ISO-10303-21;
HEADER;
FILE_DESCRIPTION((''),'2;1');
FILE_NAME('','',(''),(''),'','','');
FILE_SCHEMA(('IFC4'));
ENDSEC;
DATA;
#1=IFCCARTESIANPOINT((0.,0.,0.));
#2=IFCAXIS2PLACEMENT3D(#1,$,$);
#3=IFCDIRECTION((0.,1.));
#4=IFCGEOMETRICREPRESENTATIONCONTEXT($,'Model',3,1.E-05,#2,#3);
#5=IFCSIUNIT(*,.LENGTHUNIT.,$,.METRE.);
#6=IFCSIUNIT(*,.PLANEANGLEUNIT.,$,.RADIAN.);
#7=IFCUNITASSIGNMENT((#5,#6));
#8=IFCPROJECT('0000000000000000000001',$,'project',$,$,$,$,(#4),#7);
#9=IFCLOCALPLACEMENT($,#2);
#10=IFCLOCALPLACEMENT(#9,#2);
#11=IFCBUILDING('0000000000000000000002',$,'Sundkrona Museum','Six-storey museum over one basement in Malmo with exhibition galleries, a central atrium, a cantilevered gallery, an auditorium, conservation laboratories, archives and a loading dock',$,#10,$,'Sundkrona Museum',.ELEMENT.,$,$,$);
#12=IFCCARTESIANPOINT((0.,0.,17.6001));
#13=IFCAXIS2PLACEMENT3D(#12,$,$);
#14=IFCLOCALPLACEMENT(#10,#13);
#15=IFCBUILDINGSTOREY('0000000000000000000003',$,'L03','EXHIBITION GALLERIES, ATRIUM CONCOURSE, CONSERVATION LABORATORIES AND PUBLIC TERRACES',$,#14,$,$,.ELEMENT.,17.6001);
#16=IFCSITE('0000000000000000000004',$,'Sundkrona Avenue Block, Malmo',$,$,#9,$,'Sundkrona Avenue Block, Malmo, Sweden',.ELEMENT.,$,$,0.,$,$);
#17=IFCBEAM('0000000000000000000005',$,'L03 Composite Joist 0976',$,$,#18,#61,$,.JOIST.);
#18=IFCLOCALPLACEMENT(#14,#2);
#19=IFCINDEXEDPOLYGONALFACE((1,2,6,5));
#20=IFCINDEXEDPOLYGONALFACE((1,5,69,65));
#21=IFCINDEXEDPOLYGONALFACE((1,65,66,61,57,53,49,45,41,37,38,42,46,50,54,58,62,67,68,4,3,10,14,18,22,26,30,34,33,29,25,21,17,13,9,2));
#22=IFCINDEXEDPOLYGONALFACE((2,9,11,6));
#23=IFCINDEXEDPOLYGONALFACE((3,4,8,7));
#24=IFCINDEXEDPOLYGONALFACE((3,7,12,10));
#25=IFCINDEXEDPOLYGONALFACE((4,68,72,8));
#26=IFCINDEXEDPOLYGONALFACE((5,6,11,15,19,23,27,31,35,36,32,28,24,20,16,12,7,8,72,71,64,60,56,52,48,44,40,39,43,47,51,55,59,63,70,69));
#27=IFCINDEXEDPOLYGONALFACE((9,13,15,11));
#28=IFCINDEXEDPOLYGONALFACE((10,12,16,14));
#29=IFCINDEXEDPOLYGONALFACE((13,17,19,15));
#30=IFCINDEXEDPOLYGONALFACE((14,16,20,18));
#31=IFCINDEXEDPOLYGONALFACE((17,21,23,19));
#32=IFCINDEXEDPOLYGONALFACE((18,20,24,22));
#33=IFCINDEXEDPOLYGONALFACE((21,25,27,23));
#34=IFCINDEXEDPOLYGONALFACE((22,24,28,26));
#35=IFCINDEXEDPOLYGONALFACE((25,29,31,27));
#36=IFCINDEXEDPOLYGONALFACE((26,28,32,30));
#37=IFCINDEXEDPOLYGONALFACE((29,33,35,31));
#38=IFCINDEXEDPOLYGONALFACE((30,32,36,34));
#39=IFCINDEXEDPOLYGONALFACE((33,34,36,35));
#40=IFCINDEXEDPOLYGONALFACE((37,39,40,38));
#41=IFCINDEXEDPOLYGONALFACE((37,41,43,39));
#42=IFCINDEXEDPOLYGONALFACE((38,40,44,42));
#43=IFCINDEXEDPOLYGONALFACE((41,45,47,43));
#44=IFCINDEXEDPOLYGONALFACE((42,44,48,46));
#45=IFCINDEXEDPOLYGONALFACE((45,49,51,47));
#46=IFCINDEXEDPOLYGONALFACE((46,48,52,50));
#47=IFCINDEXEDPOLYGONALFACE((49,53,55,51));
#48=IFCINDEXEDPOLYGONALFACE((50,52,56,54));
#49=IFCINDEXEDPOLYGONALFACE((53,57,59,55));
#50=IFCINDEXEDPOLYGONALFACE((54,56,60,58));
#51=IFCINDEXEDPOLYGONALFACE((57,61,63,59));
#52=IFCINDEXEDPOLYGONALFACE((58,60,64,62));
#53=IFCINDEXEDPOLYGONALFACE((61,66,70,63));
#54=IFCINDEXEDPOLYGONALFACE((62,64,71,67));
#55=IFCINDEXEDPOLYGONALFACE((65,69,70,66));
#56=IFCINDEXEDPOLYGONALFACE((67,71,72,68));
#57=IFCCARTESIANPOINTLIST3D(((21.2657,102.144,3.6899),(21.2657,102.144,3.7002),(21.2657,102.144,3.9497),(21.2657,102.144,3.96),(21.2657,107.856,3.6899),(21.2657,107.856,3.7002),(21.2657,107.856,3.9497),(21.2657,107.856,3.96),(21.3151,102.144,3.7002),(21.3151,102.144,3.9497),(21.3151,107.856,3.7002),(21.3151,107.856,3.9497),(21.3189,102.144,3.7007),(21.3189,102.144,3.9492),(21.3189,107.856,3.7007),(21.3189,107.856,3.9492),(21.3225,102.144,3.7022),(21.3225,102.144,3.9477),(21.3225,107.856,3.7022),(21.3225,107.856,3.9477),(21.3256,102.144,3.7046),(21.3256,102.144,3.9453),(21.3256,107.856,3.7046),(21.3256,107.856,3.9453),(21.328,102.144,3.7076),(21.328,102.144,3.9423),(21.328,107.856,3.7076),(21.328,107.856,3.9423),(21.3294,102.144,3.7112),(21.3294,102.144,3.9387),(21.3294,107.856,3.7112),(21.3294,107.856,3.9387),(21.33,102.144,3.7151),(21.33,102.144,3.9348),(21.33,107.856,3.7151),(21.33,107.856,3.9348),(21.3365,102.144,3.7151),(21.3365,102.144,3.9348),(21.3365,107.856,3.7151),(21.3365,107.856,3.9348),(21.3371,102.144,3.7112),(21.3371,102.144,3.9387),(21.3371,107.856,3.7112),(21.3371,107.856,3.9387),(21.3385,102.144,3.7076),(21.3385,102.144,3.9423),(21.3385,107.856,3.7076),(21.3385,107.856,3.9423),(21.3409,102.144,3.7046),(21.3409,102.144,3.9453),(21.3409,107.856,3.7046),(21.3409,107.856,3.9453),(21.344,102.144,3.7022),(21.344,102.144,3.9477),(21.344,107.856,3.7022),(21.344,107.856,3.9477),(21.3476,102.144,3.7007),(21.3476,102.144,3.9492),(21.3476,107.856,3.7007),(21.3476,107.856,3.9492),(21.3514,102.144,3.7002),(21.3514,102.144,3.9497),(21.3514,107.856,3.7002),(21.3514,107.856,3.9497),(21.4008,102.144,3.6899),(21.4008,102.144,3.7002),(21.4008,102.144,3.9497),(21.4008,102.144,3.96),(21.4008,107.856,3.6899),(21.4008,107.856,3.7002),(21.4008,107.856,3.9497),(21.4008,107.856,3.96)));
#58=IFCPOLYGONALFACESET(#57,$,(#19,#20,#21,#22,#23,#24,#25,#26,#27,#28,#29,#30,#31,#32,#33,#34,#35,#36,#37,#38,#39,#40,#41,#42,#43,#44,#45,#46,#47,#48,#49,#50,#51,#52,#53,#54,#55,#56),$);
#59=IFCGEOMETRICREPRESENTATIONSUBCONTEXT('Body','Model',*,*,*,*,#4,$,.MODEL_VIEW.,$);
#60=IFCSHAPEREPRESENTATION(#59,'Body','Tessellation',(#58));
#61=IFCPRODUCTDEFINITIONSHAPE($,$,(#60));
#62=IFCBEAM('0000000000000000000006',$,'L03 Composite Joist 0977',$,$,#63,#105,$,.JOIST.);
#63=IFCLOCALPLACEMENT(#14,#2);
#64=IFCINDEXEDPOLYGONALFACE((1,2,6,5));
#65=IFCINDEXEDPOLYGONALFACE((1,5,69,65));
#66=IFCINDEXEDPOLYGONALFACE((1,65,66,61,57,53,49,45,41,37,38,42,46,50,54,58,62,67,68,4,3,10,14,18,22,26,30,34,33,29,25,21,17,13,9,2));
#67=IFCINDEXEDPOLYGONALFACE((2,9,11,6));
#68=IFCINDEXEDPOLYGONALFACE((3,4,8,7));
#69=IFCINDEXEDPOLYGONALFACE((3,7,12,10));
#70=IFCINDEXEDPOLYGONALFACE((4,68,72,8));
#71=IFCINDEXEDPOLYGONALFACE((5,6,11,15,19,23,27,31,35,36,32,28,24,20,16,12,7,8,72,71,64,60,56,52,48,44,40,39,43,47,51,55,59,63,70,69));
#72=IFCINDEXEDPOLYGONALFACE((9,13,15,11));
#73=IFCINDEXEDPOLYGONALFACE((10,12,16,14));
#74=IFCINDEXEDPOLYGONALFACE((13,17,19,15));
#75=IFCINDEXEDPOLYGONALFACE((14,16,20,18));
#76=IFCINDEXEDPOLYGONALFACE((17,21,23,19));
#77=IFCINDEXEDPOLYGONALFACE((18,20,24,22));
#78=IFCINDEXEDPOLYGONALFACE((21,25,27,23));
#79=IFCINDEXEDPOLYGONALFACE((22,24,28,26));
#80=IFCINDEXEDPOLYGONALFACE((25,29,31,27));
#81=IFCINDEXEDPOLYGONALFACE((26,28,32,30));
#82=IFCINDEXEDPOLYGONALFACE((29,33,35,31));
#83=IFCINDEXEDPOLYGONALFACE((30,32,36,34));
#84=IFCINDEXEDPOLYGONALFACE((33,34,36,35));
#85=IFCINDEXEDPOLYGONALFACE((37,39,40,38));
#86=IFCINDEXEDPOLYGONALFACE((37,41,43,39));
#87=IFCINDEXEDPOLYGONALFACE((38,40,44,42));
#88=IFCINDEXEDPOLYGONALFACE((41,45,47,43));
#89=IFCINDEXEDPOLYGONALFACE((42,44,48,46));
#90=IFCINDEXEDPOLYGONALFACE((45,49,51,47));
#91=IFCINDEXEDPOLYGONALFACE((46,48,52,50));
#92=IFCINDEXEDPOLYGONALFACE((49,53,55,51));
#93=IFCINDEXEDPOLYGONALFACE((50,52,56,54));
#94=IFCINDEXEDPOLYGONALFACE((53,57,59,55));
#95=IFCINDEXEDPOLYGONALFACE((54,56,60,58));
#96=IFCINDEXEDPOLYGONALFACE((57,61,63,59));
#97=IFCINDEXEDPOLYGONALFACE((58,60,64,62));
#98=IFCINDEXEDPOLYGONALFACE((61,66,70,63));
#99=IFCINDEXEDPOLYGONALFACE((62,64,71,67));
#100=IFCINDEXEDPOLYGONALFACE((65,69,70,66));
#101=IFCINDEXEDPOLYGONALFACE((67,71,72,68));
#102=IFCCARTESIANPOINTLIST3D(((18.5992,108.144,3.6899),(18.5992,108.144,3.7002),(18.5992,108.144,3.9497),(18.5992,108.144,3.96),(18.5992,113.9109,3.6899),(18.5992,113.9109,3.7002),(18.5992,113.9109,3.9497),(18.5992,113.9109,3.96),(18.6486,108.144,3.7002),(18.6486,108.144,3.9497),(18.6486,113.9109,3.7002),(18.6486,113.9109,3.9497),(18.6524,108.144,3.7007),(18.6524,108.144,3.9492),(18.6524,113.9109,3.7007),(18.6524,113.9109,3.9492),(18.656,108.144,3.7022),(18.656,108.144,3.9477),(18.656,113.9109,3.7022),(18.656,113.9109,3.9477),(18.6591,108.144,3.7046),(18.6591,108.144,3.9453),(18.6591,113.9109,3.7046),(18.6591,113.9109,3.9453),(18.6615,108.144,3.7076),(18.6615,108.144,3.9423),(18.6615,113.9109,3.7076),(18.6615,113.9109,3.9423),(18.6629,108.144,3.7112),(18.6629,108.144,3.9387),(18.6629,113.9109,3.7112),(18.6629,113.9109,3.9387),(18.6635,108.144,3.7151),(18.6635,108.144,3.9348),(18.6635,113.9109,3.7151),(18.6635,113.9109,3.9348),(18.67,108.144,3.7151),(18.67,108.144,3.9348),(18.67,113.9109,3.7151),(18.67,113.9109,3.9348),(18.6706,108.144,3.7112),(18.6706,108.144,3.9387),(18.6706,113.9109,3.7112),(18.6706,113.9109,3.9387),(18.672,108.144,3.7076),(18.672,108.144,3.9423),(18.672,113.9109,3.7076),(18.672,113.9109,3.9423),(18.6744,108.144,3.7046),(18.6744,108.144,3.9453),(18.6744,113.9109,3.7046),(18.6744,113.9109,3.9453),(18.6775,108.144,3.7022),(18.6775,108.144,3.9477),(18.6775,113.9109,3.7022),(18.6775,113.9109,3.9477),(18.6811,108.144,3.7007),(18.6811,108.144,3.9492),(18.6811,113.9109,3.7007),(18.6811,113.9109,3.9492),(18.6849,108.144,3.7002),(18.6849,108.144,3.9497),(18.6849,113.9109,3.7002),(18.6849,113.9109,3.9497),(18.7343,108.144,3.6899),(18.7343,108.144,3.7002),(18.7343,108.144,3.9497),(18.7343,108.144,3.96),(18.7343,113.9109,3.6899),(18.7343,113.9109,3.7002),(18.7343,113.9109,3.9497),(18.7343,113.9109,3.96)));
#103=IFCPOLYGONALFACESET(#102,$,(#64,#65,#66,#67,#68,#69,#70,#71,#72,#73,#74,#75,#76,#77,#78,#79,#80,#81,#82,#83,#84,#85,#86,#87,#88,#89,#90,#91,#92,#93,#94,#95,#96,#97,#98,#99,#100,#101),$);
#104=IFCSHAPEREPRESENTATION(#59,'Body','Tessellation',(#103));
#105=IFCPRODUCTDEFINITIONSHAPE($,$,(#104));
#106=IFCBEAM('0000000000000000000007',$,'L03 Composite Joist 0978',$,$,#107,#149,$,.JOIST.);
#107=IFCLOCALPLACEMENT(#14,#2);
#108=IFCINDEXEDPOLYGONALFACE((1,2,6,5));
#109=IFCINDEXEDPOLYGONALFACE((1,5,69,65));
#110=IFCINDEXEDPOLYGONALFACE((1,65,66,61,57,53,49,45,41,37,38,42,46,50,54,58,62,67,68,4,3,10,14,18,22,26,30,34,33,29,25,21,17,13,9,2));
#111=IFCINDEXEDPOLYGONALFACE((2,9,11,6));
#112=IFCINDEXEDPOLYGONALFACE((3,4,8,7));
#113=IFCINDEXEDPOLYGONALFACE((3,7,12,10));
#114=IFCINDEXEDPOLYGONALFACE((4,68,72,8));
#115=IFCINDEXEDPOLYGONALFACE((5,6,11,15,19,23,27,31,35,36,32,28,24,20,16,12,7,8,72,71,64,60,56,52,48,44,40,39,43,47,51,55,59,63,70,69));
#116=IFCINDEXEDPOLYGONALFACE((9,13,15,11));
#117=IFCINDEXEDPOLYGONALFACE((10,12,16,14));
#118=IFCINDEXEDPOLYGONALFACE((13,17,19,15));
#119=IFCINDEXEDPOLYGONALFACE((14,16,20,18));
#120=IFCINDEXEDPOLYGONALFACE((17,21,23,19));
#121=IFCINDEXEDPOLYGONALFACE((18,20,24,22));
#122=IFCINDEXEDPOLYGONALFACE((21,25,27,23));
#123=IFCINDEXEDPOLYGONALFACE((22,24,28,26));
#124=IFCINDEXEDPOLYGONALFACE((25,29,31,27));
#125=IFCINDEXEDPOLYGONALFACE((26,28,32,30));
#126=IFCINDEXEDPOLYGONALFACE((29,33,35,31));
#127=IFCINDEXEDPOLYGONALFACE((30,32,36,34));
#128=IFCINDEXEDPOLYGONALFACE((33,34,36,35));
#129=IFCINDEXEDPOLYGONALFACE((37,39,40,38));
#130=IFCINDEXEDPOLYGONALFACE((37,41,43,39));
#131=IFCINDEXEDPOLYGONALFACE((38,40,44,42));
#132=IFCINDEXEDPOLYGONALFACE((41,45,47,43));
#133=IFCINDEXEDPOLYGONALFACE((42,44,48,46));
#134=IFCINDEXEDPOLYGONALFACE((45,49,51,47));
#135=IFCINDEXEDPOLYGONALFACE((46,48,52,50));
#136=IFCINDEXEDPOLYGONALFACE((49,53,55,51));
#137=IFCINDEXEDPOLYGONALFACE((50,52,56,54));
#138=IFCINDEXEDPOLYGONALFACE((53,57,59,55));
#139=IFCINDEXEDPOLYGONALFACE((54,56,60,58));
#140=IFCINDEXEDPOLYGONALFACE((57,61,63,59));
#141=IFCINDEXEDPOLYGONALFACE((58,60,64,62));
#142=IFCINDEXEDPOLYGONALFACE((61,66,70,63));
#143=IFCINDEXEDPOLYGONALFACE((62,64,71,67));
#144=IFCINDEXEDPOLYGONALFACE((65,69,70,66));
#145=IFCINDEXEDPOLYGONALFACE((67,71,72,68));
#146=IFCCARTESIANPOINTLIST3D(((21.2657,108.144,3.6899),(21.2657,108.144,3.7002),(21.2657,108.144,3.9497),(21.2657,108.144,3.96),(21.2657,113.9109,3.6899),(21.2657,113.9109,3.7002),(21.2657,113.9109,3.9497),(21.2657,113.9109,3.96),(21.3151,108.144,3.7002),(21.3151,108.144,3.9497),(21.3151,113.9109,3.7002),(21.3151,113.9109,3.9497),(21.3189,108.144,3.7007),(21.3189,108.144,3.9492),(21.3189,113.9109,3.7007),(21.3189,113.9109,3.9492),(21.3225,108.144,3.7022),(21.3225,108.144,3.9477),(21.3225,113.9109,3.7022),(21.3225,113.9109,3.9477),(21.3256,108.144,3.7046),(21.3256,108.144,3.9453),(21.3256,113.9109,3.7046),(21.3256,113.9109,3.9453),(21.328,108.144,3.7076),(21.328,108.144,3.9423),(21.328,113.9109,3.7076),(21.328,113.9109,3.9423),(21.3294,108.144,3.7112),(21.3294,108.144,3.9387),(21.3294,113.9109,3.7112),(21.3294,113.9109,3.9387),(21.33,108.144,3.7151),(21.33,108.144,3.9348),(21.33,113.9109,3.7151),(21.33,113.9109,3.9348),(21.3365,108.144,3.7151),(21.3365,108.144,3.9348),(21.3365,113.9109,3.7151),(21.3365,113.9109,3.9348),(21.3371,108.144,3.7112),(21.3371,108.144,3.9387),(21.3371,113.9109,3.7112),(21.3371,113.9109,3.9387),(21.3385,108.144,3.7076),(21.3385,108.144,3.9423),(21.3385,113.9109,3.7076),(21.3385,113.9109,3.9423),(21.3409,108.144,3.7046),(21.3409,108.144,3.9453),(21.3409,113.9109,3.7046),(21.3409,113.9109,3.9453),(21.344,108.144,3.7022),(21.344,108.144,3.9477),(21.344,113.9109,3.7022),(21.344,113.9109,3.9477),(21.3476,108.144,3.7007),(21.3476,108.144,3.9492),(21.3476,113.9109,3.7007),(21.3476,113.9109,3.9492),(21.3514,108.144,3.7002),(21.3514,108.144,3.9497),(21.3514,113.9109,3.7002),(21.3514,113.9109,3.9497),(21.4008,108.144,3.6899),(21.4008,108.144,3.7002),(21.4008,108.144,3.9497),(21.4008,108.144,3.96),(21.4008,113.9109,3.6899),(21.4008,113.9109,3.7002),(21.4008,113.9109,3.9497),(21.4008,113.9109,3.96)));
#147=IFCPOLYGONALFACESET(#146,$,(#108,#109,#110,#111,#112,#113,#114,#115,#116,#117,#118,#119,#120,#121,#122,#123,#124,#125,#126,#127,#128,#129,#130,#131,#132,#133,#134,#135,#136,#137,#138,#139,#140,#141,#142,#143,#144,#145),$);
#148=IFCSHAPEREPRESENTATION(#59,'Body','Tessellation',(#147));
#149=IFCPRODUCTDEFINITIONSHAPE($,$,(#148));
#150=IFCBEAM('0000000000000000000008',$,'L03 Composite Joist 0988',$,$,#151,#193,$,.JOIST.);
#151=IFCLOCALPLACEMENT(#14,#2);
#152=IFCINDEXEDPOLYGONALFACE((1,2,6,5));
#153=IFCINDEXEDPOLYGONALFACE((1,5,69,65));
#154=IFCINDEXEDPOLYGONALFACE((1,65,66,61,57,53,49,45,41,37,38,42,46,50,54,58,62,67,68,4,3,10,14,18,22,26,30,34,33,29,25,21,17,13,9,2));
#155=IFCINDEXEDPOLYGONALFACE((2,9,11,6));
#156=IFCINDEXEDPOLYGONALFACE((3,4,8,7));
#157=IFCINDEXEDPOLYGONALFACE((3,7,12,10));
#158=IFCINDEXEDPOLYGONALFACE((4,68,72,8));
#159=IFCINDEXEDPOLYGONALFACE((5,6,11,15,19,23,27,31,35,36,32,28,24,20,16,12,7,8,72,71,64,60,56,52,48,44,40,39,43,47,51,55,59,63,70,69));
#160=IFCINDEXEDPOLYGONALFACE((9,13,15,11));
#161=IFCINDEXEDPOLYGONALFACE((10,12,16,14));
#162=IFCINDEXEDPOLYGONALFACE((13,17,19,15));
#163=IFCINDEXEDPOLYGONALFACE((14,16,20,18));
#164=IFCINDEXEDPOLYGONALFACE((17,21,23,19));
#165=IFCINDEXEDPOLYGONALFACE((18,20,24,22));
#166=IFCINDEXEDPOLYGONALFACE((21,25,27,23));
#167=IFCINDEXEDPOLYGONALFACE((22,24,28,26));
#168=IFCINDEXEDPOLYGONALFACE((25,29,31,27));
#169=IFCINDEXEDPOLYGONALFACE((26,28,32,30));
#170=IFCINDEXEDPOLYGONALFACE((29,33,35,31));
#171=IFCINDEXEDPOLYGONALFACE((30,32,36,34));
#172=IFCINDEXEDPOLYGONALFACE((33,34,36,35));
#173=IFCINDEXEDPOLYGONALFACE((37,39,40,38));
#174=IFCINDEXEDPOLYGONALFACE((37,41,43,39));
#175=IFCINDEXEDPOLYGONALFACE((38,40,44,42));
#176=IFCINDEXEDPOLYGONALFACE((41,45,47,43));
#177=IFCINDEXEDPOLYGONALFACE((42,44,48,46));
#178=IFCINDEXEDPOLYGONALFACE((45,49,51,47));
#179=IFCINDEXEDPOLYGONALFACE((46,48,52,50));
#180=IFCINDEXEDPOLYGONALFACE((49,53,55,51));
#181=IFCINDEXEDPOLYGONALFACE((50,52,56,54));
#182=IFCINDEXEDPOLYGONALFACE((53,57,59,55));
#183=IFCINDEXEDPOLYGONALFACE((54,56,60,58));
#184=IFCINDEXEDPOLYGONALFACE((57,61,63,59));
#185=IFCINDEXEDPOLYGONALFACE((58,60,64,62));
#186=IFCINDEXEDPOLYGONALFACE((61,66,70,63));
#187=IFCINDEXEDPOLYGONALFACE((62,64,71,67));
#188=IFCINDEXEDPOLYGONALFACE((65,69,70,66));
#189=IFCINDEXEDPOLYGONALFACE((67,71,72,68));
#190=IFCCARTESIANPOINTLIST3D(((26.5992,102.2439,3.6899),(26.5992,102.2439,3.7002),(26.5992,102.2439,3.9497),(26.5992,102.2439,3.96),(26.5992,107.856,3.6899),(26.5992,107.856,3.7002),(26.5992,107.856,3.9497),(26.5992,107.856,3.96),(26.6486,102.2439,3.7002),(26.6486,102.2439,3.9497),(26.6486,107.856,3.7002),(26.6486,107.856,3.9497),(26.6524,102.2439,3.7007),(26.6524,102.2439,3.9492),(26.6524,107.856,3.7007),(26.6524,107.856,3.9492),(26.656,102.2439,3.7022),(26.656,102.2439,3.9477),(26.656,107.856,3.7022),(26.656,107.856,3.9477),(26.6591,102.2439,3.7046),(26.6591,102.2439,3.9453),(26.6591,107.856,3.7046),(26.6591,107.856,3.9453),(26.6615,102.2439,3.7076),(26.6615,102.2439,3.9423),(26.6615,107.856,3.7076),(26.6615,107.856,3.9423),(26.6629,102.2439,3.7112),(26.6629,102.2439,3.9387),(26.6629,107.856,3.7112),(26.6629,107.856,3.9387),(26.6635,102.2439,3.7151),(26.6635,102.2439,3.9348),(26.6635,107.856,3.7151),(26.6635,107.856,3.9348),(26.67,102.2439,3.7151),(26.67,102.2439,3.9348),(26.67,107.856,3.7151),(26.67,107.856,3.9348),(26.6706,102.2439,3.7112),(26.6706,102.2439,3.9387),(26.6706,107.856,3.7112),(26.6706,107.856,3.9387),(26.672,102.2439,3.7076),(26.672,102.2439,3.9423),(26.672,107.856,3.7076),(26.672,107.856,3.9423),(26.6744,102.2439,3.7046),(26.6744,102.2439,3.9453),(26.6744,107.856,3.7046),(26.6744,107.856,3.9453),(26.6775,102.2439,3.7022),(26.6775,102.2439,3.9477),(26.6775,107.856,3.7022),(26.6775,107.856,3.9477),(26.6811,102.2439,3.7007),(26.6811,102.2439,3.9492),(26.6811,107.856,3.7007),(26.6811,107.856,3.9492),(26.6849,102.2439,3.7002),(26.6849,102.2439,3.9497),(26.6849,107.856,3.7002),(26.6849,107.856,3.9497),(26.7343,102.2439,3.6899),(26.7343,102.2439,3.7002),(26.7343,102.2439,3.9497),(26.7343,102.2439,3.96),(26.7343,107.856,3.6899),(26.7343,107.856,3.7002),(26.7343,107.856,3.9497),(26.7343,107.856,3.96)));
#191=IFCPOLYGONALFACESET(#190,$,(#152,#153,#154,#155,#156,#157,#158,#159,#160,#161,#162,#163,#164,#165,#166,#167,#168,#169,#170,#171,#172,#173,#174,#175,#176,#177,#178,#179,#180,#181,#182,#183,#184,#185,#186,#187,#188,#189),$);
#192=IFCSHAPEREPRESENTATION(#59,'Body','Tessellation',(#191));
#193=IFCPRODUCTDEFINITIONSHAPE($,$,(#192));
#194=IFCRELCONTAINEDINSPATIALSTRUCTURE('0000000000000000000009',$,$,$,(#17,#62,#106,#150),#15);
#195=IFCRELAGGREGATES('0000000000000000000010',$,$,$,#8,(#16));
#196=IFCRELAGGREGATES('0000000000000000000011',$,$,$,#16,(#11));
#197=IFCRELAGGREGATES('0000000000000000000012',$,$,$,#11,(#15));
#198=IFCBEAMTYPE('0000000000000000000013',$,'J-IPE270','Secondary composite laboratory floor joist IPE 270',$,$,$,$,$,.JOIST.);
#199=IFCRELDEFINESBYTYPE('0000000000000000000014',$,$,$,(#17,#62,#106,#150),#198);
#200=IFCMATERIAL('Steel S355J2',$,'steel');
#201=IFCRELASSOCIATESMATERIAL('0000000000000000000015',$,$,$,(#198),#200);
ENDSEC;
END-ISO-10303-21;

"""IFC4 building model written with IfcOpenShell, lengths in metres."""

from ifc_helpers import new_model, si_unit, direction, frame, origin, origin_2d, place, context, subcontext, project, spatial, i_section, extrude, material, material_profile, profile_set, type_object, element, save


model = new_model("IFC4")

# Units and contexts
model_context = context("Model", 3, precision=1e-05, world=origin(), true_north=direction((0.0, 1.0)))
body_context = subcontext(model_context, "Body", "Model", "MODEL_VIEW")
ifc_project = project(units=[si_unit("LENGTHUNIT", "METRE"), si_unit("PLANEANGLEUNIT", "RADIAN")], contexts=[model_context])

# Site, building, storey
site_placement = place(None, origin())
site = spatial("IfcSite", under=ifc_project, at=site_placement, Name="Sundkrona Avenue Block, Malmo", LongName="Sundkrona Avenue Block, Malmo, Sweden", CompositionType="ELEMENT", RefElevation=0.0)
building_placement = place(site_placement, origin())
building = spatial("IfcBuilding", under=site, at=building_placement, Name="Sundkrona Museum", Description="Six-storey museum over one basement in Malmo with exhibition galleries, a central atrium, a cantilevered gallery, an auditorium, conservation laboratories, archives and a loading dock", LongName="Sundkrona Museum", CompositionType="ELEMENT")
storey_placement = place(building_placement, frame((0.0, 0.0, 17.6001)))
storey = spatial("IfcBuildingStorey", under=building, at=storey_placement, Name="L03", Description="EXHIBITION GALLERIES, ATRIUM CONCOURSE, CONSERVATION LABORATORIES AND PUBLIC TERRACES", CompositionType="ELEMENT", Elevation=17.6001)

# Shared definitions
ifc_material_1 = material(Name="Steel S355J2", Category="steel")

# Beams
ifc_material_profile_1 = material_profile(ifc_material_1, i_section(OverallWidth=0.135, OverallDepth=0.27, WebThickness=0.0066, FlangeThickness=0.0103, FilletRadius=0.0149, at=origin_2d()), Name="IPE 270")
ifc_profile_set_1 = profile_set([ifc_material_profile_1], Name="Steel S355J2")
beam_type_1 = type_object("IfcBeamType", Name="J-IPE270", Description="Secondary composite laboratory floor joist IPE 270", PredefinedType="JOIST", material=ifc_profile_set_1)
beam_1_placement = place(storey_placement, frame((21.3333, 102.144, 3.825), z_axis=(0.0, 1.0, 0.0), x_axis=(-1.0, 0.0, 0.0)))
element("IfcBeam", 1, at=beam_1_placement, inside=storey, type_object=beam_type_1, Name="L03 Composite Joist 0976", PredefinedType="JOIST", context=body_context, shape_type="SweptSolid", body=[
    extrude(i_section(OverallWidth=0.135, OverallDepth=0.27, WebThickness=0.0066, FlangeThickness=0.0103, FilletRadius=0.0149, at=origin_2d()), origin(), (0.0, 0.0, 1.0), 5.7119),
])
for number, where, z_axis, x_axis, name in (
    (2, (18.6667, 108.144, 3.825), (0.0, 1.0, 0.0), (-1.0, 0.0, 0.0), "L03 Composite Joist 0977"),
    (3, (21.3333, 108.144, 3.825), (0.0, 1.0, 0.0), (-1.0, 0.0, 0.0), "L03 Composite Joist 0978"),
):
    element("IfcBeam", number, at=place(storey_placement, frame(where, z_axis=z_axis, x_axis=x_axis)), inside=storey, type_object=beam_type_1, Name=name, PredefinedType="JOIST", context=body_context, shape_type="SweptSolid", body=[
        extrude(i_section(OverallWidth=0.135, OverallDepth=0.27, WebThickness=0.0066, FlangeThickness=0.0103, FilletRadius=0.0149, at=origin_2d()), origin(), (0.0, 0.0, 1.0), 5.7668),
    ])
for number, where, z_axis, x_axis, name in (
    (4, (26.6667, 102.2439, 3.825), (0.0, 1.0, 0.0), (-1.0, 0.0, 0.0), "L03 Composite Joist 0988"),
):
    element("IfcBeam", number, at=place(storey_placement, frame(where, z_axis=z_axis, x_axis=x_axis)), inside=storey, type_object=beam_type_1, Name=name, PredefinedType="JOIST", context=body_context, shape_type="SweptSolid", body=[
        extrude(i_section(OverallWidth=0.135, OverallDepth=0.27, WebThickness=0.0066, FlangeThickness=0.0103, FilletRadius=0.0149, at=origin_2d()), origin(), (0.0, 0.0, 1.0), 5.6121),
    ])

save(model, "model.ifc")
